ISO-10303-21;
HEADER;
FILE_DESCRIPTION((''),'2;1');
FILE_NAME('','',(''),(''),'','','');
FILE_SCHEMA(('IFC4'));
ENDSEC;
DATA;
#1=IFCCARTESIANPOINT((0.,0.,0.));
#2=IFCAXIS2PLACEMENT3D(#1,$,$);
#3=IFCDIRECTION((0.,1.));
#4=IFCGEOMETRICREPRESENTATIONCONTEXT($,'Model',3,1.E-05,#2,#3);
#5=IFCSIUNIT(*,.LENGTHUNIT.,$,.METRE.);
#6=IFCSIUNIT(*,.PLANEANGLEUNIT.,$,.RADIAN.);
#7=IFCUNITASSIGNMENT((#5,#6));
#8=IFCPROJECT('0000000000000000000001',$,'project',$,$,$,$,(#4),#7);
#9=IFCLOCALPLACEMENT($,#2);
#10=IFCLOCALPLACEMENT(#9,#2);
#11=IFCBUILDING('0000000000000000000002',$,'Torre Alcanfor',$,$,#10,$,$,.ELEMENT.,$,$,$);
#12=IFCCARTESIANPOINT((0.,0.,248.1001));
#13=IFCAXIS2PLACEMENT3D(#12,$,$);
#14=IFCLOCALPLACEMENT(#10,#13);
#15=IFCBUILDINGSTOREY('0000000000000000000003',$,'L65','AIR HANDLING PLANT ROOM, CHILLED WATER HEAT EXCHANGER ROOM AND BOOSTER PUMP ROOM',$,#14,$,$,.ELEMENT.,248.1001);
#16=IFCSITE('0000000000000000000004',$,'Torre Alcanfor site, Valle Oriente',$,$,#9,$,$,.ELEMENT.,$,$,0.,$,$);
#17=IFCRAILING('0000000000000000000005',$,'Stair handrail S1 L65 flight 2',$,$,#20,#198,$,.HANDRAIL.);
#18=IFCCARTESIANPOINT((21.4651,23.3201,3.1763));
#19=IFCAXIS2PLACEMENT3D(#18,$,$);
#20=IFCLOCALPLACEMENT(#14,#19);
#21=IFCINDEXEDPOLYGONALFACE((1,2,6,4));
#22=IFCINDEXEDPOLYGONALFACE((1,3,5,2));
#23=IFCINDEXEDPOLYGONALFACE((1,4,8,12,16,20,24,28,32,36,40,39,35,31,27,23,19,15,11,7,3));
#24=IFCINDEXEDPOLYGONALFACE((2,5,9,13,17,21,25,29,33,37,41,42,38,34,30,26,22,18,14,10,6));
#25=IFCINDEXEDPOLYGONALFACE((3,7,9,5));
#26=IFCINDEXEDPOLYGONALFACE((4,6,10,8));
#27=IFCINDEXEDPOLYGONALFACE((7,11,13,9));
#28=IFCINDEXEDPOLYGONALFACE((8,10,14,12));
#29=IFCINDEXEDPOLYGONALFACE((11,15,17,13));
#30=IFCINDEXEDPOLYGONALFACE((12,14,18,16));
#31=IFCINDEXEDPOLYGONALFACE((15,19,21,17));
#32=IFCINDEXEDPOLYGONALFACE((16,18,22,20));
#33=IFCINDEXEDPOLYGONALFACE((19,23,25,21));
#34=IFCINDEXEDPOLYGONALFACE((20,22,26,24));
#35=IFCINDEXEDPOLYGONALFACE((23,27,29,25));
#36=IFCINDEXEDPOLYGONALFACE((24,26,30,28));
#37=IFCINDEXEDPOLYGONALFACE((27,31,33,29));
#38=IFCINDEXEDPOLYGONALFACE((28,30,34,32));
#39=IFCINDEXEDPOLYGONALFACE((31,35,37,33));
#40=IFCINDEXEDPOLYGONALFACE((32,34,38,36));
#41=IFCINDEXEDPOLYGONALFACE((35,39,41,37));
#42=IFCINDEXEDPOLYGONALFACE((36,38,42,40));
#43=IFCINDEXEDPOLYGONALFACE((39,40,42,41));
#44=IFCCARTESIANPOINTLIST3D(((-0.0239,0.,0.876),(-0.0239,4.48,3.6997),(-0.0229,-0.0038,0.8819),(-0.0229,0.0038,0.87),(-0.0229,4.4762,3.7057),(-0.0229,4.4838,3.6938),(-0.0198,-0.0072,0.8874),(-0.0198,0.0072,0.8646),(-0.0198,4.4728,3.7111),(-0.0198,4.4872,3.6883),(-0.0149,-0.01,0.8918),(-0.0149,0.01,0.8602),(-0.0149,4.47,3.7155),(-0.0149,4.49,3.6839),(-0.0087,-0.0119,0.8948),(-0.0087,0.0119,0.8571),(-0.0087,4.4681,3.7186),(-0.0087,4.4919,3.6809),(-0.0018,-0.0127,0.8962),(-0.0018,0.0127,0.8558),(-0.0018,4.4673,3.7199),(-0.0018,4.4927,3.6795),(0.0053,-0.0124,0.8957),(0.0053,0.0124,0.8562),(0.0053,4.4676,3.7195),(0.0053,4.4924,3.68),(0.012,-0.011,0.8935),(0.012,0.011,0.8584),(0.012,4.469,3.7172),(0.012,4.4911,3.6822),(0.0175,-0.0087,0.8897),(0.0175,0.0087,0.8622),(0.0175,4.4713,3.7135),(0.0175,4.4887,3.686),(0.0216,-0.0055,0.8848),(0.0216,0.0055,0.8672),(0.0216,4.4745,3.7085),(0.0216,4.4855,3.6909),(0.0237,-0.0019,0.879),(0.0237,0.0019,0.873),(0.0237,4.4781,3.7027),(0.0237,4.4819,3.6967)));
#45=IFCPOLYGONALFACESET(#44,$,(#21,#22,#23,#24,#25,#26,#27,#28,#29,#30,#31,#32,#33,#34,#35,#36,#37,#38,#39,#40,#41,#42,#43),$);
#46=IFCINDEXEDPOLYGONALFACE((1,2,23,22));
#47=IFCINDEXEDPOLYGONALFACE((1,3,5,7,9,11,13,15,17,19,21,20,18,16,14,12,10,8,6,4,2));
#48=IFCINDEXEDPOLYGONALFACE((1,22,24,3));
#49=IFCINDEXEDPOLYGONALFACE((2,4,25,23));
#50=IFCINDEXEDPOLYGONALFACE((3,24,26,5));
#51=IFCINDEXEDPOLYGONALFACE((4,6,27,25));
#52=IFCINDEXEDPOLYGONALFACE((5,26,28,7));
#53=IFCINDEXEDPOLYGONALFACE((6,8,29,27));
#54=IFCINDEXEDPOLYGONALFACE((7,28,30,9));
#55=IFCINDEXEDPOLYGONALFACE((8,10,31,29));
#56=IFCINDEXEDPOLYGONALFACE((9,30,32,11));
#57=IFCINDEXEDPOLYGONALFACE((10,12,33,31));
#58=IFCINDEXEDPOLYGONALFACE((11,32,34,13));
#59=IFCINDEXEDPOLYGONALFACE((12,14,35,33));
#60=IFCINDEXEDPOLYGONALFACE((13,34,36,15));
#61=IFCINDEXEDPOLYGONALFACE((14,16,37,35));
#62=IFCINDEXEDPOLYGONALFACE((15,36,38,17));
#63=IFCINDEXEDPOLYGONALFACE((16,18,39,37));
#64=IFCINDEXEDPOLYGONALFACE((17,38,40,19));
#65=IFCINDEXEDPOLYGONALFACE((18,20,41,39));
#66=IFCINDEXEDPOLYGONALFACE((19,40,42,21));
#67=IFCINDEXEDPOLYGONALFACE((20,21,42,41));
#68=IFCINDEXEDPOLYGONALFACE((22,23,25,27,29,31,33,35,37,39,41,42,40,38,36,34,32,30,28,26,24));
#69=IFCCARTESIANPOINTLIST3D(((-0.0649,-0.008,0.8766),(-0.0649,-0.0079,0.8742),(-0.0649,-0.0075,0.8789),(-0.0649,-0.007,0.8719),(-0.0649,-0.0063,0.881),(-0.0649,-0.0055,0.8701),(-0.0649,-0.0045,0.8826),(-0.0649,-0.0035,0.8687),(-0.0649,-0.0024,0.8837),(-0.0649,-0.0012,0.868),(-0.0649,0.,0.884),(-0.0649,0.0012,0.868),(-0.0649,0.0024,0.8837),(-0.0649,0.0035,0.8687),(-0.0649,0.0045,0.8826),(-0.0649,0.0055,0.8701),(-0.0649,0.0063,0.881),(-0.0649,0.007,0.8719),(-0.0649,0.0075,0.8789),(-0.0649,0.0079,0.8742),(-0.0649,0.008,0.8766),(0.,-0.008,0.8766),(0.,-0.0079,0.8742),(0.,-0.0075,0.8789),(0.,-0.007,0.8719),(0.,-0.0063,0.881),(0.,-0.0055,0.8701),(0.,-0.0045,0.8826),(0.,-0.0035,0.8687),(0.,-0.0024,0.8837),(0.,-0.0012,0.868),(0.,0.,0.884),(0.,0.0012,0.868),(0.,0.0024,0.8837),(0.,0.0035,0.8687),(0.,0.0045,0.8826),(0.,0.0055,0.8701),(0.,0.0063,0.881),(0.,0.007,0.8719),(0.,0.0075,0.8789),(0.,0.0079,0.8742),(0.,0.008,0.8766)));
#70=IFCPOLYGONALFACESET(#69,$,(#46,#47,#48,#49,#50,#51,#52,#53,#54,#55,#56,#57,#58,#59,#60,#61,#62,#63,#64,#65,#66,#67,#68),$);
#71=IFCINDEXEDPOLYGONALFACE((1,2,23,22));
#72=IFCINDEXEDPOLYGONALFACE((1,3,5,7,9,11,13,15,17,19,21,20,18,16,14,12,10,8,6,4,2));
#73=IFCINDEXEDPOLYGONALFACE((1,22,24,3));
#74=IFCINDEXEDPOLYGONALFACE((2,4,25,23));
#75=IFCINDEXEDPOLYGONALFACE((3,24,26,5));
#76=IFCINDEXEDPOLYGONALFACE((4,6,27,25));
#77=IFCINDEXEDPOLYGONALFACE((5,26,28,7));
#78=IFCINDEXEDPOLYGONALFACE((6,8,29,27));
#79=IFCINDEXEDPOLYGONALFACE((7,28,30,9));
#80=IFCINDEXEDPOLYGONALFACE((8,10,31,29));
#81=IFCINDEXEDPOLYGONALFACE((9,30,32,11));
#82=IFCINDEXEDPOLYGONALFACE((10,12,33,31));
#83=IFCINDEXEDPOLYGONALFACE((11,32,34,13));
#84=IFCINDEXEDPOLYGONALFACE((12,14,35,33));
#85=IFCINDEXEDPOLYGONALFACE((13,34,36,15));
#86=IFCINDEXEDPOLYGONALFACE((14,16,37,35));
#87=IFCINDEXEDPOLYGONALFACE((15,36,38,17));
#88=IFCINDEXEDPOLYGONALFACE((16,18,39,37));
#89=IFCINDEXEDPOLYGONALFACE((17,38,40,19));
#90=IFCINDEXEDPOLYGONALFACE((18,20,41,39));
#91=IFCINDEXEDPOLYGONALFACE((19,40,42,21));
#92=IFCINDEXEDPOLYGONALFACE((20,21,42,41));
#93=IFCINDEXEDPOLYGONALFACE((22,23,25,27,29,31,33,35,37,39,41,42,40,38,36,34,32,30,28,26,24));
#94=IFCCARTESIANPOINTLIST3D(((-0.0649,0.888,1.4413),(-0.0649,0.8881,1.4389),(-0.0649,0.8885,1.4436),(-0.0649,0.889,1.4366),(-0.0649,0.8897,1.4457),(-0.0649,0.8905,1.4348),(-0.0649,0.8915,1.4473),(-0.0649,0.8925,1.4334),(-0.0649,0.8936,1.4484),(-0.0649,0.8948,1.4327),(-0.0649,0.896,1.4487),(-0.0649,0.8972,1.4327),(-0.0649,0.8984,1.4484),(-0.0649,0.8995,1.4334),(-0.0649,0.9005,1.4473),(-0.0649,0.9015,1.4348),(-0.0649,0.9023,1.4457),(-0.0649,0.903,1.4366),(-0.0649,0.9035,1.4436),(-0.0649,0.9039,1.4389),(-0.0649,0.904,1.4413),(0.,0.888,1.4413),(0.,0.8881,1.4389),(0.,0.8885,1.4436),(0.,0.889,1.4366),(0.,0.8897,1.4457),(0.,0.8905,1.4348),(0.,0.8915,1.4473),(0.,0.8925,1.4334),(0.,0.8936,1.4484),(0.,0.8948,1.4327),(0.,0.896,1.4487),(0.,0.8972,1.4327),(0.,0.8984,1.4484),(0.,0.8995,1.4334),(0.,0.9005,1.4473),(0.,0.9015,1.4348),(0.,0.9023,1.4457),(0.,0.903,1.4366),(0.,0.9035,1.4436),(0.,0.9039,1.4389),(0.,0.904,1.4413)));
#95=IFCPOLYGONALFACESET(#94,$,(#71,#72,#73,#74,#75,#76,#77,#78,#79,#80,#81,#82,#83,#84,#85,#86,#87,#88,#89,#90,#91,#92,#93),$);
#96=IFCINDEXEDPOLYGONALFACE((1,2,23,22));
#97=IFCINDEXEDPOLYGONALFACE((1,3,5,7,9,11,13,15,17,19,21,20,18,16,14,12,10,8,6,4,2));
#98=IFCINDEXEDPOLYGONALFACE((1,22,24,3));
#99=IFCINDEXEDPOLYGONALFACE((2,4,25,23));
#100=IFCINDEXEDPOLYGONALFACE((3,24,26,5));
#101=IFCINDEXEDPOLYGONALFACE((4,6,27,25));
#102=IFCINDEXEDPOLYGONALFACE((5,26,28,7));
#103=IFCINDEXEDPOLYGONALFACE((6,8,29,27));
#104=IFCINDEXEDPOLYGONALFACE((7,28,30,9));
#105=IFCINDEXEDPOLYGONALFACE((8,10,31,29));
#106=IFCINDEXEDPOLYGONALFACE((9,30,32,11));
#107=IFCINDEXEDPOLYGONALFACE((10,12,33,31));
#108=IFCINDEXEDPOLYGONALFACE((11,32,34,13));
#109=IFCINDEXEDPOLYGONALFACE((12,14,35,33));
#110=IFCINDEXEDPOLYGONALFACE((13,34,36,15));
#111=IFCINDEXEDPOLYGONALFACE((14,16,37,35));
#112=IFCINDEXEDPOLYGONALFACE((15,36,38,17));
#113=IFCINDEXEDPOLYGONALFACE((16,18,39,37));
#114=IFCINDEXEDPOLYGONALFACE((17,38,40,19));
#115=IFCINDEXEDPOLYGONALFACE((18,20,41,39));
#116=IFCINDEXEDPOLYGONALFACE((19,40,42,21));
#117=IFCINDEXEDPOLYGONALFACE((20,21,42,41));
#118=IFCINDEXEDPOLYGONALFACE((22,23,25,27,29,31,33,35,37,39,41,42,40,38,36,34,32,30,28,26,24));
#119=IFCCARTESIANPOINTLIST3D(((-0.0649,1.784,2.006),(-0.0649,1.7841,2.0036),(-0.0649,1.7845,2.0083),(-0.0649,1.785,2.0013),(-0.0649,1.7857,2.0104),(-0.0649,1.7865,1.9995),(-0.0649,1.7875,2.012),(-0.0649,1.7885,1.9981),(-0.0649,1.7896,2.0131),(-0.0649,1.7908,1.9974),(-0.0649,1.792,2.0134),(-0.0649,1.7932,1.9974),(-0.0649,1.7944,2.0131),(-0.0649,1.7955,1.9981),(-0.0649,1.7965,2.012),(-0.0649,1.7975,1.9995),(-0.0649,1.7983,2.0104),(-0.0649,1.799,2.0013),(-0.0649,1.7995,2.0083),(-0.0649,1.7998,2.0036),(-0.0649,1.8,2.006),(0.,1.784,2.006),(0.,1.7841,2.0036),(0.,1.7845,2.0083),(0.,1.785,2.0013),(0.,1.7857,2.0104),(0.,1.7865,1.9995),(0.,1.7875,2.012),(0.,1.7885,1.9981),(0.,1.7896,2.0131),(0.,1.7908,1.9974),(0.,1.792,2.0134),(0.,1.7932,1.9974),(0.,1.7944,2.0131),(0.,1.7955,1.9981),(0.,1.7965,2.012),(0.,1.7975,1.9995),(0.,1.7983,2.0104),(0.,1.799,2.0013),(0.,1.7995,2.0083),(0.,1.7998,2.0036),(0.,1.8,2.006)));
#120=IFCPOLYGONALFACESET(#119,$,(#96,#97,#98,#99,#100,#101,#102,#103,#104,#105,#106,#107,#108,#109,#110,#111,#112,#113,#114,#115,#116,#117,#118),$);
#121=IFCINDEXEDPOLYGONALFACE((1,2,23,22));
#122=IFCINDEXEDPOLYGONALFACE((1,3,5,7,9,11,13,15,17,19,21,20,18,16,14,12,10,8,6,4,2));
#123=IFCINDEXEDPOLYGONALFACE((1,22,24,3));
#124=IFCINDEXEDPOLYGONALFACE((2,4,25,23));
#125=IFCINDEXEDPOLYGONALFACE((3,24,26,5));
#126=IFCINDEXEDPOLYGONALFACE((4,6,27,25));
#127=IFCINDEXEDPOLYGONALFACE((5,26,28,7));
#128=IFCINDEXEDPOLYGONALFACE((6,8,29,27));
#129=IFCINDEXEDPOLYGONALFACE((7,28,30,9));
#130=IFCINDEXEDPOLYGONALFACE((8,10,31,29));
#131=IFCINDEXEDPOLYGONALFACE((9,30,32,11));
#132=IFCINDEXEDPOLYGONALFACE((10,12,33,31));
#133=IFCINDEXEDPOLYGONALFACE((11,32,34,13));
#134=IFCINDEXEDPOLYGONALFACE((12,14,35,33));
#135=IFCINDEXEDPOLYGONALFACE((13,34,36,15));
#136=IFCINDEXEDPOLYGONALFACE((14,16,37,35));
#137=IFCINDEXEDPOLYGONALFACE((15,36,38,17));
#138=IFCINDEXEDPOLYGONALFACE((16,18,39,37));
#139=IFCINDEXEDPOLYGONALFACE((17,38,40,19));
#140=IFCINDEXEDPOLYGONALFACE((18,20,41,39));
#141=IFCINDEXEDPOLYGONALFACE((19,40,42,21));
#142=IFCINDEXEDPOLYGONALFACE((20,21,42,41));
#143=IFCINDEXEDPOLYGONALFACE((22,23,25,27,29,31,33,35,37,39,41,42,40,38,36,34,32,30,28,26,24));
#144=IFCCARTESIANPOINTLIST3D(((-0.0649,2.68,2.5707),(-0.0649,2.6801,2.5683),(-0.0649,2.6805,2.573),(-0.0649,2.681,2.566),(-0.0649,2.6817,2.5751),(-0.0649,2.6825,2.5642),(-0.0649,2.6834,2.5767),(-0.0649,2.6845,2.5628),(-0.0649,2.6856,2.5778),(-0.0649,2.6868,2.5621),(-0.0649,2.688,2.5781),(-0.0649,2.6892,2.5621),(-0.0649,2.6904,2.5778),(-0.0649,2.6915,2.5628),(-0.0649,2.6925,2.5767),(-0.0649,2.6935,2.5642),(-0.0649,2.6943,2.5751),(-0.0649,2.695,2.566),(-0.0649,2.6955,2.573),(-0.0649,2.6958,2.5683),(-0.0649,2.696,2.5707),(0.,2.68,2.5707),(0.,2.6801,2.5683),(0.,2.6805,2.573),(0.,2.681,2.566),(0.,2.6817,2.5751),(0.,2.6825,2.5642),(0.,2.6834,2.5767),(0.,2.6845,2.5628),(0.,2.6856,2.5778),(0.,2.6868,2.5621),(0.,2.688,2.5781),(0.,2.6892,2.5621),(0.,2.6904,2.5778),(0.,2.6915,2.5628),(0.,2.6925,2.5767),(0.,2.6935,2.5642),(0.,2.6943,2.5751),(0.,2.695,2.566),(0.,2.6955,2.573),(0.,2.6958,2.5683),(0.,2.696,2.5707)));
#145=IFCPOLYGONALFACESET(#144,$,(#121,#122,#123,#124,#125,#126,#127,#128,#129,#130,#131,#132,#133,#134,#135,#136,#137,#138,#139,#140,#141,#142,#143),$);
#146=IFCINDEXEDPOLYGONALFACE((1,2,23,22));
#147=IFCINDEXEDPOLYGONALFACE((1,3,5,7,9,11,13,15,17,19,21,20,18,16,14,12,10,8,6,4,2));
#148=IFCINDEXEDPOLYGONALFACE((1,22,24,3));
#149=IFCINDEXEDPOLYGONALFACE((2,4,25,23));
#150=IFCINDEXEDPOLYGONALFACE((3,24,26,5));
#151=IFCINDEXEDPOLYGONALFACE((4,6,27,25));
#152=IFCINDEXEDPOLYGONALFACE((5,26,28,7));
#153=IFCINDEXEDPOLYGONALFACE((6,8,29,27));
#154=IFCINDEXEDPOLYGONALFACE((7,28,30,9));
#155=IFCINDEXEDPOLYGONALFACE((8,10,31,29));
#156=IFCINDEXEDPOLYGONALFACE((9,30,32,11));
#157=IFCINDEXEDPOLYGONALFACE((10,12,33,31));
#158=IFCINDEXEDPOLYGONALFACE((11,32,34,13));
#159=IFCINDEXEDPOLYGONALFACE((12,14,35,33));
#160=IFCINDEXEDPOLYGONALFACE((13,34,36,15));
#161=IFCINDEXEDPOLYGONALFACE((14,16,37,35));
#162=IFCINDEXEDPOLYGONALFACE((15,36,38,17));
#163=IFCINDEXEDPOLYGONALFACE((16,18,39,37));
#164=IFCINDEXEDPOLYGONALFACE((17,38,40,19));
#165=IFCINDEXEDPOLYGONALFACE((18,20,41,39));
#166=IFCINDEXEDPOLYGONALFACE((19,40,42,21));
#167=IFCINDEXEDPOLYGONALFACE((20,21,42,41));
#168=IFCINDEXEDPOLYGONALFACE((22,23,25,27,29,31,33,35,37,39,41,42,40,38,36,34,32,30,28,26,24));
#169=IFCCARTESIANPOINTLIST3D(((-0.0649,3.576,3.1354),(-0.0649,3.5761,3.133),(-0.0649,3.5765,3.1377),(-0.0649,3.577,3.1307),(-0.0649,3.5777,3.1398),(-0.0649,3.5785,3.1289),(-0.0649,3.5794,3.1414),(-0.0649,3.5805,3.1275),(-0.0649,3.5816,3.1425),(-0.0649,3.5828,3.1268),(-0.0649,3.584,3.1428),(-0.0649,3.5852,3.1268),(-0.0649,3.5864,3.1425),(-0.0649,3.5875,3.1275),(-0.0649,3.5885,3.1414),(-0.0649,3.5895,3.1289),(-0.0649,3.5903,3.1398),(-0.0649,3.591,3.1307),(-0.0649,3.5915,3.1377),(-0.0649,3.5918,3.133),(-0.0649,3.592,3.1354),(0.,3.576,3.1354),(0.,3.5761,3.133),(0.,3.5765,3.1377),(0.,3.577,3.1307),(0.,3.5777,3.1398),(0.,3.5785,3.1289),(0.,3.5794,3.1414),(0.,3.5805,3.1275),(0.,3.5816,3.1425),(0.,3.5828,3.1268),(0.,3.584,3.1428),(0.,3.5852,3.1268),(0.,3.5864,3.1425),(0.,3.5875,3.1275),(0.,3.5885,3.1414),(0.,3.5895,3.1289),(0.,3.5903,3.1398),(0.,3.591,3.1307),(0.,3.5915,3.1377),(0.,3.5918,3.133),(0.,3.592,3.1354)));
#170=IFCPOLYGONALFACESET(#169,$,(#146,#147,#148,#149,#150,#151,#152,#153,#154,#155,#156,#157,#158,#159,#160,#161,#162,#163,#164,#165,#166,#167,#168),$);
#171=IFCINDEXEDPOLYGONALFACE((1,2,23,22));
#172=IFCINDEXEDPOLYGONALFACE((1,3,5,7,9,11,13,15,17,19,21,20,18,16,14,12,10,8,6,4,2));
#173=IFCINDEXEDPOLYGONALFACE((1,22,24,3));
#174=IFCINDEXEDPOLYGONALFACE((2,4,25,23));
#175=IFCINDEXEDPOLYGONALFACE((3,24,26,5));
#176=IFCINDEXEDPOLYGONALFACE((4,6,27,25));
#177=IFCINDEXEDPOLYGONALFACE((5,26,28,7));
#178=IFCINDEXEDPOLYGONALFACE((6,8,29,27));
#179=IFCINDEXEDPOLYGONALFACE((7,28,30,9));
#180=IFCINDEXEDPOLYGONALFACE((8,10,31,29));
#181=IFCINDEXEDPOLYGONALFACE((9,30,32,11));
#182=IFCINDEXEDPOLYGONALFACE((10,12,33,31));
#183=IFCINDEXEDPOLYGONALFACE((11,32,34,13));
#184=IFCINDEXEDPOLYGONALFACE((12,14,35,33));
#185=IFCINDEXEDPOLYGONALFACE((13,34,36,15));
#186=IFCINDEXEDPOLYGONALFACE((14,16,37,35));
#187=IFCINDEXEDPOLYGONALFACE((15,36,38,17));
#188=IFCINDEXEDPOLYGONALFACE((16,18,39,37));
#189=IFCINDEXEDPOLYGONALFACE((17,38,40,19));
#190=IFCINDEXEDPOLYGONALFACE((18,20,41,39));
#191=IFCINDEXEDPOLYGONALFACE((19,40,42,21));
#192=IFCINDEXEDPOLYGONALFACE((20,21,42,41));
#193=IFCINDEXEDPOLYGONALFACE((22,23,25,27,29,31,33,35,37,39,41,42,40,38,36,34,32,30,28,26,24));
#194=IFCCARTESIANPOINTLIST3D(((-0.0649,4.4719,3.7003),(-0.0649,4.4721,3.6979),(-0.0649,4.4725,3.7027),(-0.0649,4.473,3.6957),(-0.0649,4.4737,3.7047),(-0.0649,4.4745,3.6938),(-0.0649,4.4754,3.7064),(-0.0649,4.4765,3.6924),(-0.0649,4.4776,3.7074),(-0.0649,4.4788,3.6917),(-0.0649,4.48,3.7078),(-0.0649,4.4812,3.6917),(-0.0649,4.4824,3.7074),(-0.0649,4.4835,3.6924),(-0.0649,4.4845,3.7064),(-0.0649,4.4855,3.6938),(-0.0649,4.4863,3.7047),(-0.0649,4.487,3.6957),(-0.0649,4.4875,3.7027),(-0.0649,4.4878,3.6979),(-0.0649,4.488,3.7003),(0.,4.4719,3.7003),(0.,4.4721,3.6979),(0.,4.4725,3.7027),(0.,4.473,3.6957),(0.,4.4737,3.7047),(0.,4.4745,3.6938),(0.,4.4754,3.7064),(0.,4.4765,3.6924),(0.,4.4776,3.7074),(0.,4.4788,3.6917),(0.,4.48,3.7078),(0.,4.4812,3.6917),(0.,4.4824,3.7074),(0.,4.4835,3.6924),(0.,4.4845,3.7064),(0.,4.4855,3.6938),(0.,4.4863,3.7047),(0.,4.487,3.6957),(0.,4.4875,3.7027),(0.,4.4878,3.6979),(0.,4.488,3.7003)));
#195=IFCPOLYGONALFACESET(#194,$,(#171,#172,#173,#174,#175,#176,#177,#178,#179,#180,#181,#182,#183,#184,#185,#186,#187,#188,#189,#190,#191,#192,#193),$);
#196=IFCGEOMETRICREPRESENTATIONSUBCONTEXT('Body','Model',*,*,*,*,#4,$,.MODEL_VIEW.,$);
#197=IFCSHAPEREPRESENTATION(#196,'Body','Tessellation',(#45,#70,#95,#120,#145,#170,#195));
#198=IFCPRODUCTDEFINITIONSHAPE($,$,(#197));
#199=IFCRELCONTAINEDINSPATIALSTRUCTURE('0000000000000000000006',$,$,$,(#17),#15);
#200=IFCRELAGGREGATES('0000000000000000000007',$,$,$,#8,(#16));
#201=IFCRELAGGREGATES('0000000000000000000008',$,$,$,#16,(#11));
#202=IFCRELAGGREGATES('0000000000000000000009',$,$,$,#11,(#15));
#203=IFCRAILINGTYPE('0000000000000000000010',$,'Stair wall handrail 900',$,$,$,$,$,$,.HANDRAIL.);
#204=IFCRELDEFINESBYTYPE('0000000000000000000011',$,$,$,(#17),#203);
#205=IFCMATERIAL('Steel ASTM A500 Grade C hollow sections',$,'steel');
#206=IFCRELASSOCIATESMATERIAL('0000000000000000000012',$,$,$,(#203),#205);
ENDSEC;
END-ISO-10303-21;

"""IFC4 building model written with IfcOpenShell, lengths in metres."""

from ifc_helpers import new_model, si_unit, direction, frame, origin, origin_2d, place, context, subcontext, project, spatial, circle, extrude, material, type_object, element, save


model = new_model("IFC4")

# Units and contexts
model_context = context("Model", 3, precision=1e-05, world=origin(), true_north=direction((0.0, 1.0)))
body_context = subcontext(model_context, "Body", "Model", "MODEL_VIEW")
ifc_project = project(units=[si_unit("LENGTHUNIT", "METRE"), si_unit("PLANEANGLEUNIT", "RADIAN")], contexts=[model_context])

# Site, building, storey
site_placement = place(None, origin())
site = spatial("IfcSite", under=ifc_project, at=site_placement, Name="Torre Alcanfor site, Valle Oriente", CompositionType="ELEMENT", RefElevation=0.0)
building_placement = place(site_placement, origin())
building = spatial("IfcBuilding", under=site, at=building_placement, Name="Torre Alcanfor", CompositionType="ELEMENT")
storey_placement = place(building_placement, frame((0.0, 0.0, 248.1001)))
storey = spatial("IfcBuildingStorey", under=building, at=storey_placement, Name="L65", Description="AIR HANDLING PLANT ROOM, CHILLED WATER HEAT EXCHANGER ROOM AND BOOSTER PUMP ROOM", CompositionType="ELEMENT", Elevation=248.1001)

# Railing
ifc_material_1 = material(Name="Steel ASTM A500 Grade C hollow sections", Category="steel")
railing_type_1 = type_object("IfcRailingType", Name="Stair wall handrail 900", PredefinedType="HANDRAIL", material=ifc_material_1)
railing_1_placement = place(storey_placement, frame((21.4651, 23.3201, 3.1763)))
element("IfcRailing", 1, at=railing_1_placement, inside=storey, type_object=railing_type_1, Name="Stair handrail S1 L65 flight 2", PredefinedType="HANDRAIL", context=body_context, shape_type="SweptSolid", body=[
    extrude(circle(Radius=0.0239, at=origin_2d()), frame((0.0, 0.0, 0.876), z_axis=(0.0, 0.845977, 0.533219), x_axis=(-1.0, 0.0, 0.0)), (0.0, 0.0, 1.0), 5.2957),
    extrude(circle(Radius=0.0081, at=origin_2d()), frame((0.0, 0.0, 0.876), z_axis=(-1.0, 0.0, 0.0), x_axis=(0.0, 0.0, 1.0)), (0.0, 0.0, 1.0), 0.0649),
    extrude(circle(Radius=0.0081, at=origin_2d()), frame((0.0, 0.896, 1.4407), z_axis=(-1.0, 0.0, 0.0), x_axis=(0.0, 0.0, 1.0)), (0.0, 0.0, 1.0), 0.0649),
    extrude(circle(Radius=0.0081, at=origin_2d()), frame((0.0, 1.792, 2.0054), z_axis=(-1.0, 0.0, 0.0), x_axis=(0.0, 0.0, 1.0)), (0.0, 0.0, 1.0), 0.0649),
    extrude(circle(Radius=0.0081, at=origin_2d()), frame((0.0, 2.688, 2.5701), z_axis=(-1.0, 0.0, 0.0), x_axis=(0.0, 0.0, 1.0)), (0.0, 0.0, 1.0), 0.0649),
    extrude(circle(Radius=0.0081, at=origin_2d()), frame((0.0, 3.584, 3.1348), z_axis=(-1.0, 0.0, 0.0), x_axis=(0.0, 0.0, 1.0)), (0.0, 0.0, 1.0), 0.0649),
    extrude(circle(Radius=0.0081, at=origin_2d()), frame((0.0, 4.48, 3.6997), z_axis=(-1.0, 0.0, 0.0), x_axis=(0.0, 0.0, 1.0)), (0.0, 0.0, 1.0), 0.0649),
])

save(model, "model.ifc")
